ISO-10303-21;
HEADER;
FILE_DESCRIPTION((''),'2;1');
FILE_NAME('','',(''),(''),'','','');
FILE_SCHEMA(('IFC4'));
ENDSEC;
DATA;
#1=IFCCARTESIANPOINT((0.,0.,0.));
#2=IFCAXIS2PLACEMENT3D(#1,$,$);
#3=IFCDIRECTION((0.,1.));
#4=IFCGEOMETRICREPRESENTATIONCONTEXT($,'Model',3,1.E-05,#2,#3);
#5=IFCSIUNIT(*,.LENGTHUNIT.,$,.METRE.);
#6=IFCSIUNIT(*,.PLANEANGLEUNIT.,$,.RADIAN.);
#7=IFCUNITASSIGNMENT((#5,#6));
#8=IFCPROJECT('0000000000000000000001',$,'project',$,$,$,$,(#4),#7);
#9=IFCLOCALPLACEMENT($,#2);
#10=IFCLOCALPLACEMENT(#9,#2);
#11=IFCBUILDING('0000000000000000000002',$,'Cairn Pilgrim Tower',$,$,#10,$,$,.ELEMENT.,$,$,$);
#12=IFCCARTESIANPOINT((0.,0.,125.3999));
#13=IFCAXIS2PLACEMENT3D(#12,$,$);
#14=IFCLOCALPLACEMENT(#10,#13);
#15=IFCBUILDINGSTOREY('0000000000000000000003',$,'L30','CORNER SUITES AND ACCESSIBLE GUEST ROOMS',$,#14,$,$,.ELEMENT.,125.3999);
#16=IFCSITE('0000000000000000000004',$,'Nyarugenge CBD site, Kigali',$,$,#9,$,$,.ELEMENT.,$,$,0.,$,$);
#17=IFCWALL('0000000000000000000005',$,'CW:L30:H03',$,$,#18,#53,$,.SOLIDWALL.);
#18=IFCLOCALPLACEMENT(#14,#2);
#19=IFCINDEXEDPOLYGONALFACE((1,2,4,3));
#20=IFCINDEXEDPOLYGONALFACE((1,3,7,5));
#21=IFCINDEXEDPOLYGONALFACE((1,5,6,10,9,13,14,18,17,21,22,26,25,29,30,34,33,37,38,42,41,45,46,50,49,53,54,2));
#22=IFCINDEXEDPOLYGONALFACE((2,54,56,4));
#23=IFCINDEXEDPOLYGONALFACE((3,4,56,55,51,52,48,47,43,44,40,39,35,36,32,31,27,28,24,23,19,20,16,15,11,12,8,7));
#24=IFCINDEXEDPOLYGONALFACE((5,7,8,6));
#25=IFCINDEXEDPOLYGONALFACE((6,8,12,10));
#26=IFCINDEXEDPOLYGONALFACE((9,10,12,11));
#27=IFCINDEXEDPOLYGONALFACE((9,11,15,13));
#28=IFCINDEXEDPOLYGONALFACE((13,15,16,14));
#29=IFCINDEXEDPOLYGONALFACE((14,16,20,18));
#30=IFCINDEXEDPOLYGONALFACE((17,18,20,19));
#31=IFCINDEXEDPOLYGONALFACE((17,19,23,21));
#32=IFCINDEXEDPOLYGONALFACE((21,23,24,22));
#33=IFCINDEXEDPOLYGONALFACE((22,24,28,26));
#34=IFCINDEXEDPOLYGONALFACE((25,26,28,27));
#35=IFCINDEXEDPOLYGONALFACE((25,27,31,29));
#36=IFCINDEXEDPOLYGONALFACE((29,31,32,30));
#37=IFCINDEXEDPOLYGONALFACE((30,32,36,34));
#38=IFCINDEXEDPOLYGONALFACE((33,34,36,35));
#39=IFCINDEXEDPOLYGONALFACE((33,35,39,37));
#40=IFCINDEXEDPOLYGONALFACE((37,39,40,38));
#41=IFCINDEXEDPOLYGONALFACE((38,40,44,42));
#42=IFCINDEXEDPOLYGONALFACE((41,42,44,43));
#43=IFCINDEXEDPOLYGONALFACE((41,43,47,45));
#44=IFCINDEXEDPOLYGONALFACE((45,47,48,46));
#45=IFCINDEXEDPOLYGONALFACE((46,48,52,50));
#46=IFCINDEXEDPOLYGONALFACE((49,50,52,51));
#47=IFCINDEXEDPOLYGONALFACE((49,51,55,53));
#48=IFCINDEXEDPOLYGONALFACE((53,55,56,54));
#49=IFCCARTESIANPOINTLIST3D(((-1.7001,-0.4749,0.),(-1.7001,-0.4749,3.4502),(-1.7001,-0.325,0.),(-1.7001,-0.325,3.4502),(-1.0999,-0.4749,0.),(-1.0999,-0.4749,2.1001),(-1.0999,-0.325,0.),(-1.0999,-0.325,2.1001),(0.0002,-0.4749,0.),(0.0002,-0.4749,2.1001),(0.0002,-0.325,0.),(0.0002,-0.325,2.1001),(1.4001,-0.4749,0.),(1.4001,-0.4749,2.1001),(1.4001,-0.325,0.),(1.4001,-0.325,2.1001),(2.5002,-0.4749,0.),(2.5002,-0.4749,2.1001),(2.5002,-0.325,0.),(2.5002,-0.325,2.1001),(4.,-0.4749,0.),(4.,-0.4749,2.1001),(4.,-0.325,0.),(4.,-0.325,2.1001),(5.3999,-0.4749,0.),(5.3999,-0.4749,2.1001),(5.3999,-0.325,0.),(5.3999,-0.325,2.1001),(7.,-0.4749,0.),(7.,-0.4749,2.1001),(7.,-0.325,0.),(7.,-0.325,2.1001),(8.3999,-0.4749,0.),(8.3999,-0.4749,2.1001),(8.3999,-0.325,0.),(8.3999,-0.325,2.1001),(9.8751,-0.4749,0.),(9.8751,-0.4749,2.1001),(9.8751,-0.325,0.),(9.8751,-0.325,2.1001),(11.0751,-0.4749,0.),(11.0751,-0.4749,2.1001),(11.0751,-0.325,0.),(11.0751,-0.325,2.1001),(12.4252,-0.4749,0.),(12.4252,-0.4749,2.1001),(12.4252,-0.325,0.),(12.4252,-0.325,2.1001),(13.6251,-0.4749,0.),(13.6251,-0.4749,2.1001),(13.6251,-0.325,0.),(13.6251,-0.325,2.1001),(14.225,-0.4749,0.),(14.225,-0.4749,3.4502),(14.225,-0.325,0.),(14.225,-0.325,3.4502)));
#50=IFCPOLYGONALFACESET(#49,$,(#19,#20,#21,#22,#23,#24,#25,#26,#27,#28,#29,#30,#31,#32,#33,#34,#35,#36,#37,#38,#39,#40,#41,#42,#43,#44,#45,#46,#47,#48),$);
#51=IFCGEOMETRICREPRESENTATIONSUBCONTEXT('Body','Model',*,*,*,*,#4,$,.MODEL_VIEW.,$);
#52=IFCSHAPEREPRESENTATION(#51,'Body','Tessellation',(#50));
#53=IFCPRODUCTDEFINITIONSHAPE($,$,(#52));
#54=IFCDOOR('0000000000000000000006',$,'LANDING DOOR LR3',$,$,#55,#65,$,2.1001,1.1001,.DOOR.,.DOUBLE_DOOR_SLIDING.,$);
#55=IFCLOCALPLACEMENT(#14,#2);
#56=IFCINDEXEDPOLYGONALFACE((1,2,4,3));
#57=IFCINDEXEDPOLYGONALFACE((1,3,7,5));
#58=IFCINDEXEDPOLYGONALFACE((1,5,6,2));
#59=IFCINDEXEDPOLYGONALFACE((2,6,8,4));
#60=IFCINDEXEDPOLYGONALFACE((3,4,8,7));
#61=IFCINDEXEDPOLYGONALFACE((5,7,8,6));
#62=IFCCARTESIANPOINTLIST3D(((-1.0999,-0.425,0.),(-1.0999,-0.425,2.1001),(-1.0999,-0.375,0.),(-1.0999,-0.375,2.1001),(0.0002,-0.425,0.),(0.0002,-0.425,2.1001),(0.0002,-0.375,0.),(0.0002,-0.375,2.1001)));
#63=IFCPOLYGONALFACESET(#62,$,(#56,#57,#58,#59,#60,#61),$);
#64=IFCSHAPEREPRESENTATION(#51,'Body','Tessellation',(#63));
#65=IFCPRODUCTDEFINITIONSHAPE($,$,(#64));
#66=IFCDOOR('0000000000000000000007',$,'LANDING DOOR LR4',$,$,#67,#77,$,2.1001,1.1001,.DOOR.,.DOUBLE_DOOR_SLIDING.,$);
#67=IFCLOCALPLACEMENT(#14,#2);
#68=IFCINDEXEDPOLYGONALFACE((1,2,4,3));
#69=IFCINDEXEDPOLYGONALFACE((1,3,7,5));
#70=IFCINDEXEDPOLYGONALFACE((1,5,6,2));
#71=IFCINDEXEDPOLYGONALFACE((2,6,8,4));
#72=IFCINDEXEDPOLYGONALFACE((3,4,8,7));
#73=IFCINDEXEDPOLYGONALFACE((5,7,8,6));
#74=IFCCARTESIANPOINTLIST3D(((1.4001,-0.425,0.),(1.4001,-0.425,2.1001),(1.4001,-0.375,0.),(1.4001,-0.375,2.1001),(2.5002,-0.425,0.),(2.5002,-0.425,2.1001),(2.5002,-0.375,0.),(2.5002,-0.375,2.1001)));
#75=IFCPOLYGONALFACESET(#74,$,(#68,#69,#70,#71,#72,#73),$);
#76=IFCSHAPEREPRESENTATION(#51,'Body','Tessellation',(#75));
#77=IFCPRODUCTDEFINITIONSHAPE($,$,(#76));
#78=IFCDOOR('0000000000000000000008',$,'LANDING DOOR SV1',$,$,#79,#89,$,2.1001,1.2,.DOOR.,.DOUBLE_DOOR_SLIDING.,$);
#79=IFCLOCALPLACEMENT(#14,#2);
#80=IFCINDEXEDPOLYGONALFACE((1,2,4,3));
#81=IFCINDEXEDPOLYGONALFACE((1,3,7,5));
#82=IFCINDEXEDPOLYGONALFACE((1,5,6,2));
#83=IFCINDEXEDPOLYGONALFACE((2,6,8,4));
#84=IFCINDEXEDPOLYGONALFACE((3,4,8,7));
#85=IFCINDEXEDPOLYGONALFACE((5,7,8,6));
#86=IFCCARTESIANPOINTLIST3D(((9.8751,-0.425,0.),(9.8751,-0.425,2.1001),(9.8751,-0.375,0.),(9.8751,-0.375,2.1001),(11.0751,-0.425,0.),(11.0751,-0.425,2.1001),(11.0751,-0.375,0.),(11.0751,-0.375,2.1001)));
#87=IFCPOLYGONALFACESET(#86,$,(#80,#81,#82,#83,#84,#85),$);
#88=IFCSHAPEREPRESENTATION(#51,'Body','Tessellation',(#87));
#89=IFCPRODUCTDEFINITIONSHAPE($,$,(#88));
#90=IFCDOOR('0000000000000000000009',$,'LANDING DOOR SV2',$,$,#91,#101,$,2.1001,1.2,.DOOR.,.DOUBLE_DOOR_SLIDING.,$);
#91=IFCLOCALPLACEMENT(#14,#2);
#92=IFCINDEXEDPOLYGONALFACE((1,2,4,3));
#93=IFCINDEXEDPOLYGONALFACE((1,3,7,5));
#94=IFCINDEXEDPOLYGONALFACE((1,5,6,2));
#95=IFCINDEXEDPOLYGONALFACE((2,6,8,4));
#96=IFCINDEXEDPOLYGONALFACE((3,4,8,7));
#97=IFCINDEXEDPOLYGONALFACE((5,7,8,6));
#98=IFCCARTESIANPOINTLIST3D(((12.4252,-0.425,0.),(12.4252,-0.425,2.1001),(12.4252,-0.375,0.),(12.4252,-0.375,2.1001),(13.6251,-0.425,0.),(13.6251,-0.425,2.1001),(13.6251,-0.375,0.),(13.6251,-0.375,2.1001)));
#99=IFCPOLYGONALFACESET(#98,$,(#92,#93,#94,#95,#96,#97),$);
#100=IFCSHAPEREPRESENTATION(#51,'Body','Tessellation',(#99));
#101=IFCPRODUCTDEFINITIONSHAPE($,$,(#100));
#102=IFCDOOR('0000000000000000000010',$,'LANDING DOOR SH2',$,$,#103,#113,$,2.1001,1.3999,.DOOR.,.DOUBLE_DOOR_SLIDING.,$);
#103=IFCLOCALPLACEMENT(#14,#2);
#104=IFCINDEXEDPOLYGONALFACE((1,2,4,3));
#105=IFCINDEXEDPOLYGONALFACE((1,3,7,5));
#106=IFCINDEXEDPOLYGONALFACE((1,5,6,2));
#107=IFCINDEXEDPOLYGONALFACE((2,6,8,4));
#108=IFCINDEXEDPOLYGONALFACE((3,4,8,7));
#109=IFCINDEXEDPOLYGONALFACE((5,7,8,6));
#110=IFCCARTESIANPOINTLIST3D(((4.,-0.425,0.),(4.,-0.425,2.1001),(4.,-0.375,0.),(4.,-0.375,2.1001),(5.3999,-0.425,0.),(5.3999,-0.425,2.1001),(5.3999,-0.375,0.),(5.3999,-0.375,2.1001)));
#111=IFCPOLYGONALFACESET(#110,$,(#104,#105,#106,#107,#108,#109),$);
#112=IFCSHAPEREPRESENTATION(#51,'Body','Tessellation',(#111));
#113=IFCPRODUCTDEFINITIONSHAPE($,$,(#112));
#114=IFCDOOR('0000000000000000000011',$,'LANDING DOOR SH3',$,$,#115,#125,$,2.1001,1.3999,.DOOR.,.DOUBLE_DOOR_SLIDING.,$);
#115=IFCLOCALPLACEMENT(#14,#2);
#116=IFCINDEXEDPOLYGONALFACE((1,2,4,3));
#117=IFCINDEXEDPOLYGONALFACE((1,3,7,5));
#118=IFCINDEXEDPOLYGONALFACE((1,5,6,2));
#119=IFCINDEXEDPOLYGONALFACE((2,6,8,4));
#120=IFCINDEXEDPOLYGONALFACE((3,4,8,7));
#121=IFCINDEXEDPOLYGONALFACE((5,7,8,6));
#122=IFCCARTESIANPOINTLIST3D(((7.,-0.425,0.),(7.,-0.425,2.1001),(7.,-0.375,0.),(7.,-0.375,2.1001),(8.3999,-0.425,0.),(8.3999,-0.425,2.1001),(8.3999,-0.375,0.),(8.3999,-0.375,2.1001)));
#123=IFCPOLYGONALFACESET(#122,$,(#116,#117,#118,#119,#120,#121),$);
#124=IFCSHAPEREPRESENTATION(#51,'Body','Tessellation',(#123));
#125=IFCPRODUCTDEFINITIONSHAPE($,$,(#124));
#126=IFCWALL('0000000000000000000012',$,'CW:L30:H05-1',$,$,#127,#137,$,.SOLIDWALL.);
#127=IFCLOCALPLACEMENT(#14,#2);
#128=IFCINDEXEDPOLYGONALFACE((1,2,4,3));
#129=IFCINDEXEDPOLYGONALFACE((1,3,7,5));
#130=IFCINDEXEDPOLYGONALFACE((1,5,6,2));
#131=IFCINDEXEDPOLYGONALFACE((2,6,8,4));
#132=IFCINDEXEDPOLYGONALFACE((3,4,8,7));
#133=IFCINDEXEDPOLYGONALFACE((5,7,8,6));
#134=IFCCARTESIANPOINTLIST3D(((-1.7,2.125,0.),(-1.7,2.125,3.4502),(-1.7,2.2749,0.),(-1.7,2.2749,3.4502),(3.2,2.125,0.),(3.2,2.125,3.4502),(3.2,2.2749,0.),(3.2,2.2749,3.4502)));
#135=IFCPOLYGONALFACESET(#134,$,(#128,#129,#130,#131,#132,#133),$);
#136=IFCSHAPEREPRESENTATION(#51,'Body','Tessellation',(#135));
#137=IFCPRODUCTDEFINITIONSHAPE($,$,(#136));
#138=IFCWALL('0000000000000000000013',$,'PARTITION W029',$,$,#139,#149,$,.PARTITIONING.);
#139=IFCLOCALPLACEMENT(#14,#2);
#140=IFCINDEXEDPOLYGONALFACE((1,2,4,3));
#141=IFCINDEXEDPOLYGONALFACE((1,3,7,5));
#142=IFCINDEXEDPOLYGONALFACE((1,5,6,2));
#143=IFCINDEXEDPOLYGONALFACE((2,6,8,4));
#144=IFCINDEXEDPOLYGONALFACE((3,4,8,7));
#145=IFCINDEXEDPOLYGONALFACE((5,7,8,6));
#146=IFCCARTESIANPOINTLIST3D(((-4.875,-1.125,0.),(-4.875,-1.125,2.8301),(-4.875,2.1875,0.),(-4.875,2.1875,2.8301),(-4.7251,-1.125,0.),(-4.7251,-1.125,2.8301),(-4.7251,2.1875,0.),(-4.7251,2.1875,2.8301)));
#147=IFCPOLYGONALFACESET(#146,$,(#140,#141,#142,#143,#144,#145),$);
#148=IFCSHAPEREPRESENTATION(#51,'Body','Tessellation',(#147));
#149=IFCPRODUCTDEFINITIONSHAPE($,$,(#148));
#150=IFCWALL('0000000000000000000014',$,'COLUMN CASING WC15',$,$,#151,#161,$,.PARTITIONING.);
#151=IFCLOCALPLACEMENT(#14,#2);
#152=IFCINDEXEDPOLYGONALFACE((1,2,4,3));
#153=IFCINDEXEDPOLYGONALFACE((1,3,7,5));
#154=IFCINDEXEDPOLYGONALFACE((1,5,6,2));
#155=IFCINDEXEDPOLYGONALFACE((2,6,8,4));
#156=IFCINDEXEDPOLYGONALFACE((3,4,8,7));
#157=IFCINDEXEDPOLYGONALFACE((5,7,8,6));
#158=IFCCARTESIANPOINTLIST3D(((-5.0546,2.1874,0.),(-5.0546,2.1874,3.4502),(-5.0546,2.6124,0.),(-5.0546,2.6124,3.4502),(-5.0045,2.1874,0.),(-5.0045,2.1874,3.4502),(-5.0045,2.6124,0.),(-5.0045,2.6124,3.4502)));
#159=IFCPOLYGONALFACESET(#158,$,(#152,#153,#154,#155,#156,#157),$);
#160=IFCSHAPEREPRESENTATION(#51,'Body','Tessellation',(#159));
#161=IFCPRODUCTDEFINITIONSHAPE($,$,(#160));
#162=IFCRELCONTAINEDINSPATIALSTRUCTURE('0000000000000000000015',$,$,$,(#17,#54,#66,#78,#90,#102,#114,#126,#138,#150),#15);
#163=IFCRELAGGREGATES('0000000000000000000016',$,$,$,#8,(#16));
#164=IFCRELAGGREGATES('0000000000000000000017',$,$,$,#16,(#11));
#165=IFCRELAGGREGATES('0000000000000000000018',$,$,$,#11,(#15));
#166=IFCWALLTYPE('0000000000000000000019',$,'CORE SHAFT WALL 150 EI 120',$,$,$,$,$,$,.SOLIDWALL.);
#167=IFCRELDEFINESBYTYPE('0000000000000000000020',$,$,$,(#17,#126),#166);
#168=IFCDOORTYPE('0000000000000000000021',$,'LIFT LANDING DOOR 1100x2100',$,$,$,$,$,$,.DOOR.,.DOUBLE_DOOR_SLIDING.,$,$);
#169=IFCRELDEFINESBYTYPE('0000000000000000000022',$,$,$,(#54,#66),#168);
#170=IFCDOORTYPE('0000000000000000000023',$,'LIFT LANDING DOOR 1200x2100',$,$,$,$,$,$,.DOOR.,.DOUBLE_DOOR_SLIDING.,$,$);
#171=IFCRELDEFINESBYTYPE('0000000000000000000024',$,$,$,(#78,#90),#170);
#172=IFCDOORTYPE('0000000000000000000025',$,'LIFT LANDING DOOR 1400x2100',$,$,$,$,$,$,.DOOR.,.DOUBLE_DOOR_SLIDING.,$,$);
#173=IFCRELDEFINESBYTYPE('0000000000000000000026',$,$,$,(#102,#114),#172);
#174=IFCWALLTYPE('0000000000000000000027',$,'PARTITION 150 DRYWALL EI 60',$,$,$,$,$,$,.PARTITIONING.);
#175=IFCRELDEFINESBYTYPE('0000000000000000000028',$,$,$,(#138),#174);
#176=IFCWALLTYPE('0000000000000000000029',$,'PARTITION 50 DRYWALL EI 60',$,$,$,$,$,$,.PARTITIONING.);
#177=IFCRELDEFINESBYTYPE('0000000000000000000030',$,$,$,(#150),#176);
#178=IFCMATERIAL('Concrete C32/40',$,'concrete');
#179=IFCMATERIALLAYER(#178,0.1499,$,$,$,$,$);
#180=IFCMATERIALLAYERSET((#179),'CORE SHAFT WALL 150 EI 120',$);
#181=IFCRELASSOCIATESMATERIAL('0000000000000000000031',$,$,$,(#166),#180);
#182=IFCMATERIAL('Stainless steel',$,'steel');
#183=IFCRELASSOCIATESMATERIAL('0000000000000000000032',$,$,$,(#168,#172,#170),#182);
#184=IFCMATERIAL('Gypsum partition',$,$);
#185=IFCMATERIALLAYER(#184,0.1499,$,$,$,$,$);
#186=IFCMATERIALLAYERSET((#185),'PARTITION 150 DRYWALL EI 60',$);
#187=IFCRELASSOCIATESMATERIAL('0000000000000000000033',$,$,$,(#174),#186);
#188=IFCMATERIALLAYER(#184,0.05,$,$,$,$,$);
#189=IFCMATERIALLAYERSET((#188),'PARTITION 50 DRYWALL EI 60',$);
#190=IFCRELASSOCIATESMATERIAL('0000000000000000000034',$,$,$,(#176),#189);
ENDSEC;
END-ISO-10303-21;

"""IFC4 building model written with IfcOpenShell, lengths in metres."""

from ifc_helpers import new_model, si_unit, direction, frame, frame_2d, origin, place, context, subcontext, project, spatial, rectangle, extrude, material, layer, layer_set, type_object, element, fill, save


model = new_model("IFC4")

# Units and contexts
model_context = context("Model", 3, precision=1e-05, world=origin(), true_north=direction((0.0, 1.0)))
body_context = subcontext(model_context, "Body", "Model", "MODEL_VIEW")
ifc_project = project(units=[si_unit("LENGTHUNIT", "METRE"), si_unit("PLANEANGLEUNIT", "RADIAN")], contexts=[model_context])

# Site, building, storey
site_placement = place(None, origin())
site = spatial("IfcSite", under=ifc_project, at=site_placement, Name="Nyarugenge CBD site, Kigali", CompositionType="ELEMENT", RefElevation=0.0)
building_placement = place(site_placement, origin())
building = spatial("IfcBuilding", under=site, at=building_placement, Name="Cairn Pilgrim Tower", CompositionType="ELEMENT")
storey_placement = place(building_placement, frame((0.0, 0.0, 125.3999)))
storey = spatial("IfcBuildingStorey", under=building, at=storey_placement, Name="L30", Description="CORNER SUITES AND ACCESSIBLE GUEST ROOMS", CompositionType="ELEMENT", Elevation=125.3999)

# Shared definitions
ifc_material_1 = material(Name="Concrete C32/40", Category="concrete")

# Wall, openings, doors
ifc_layer_1 = layer(ifc_material_1, 0.1499)
ifc_layer_set_1 = layer_set([ifc_layer_1], Name="CORE SHAFT WALL 150 EI 120")
wall_type_1 = type_object("IfcWallType", Name="CORE SHAFT WALL 150 EI 120", PredefinedType="SOLIDWALL", material=ifc_layer_set_1)
ifc_material_2 = material(Name="Stainless steel", Category="steel")
door_type_1 = type_object("IfcDoorType", Name="LIFT LANDING DOOR 1100x2100", OperationType="DOUBLE_DOOR_SLIDING", PredefinedType="DOOR", material=ifc_material_2)
door_type_2 = type_object("IfcDoorType", Name="LIFT LANDING DOOR 1400x2100", OperationType="DOUBLE_DOOR_SLIDING", PredefinedType="DOOR", material=ifc_material_2)
wall_1_placement = place(storey_placement, frame((-1.7, -0.3999, 0.0), z_axis=(0.0, 0.0, 1.0), x_axis=(1.0, 0.0, 0.0)))
wall_1 = element("IfcWall", 1, at=wall_1_placement, inside=storey, type_object=wall_type_1, Name="CW:L30:H03", PredefinedType="SOLIDWALL", context=body_context, shape_type="SweptSolid", body=[
    extrude(rectangle(XDim=15.925, YDim=0.1499, at=frame_2d((7.9624, 0.0))), origin(), (0.0, 0.0, 1.0), 3.4502),
])
opening_1_placement = place(wall_1_placement, frame((0.6001, 0.0, 0.0)))
opening_1 = element("IfcOpeningElement", 2, at=opening_1_placement, cuts=wall_1, PredefinedType="OPENING", context=body_context, shape_type="SweptSolid", body=[
    extrude(rectangle(XDim=1.1001, YDim=2.1001, at=frame_2d((0.55, 1.05))), frame((0.0, 0.085, 0.0), z_axis=(0.0, -1.0, 0.0), x_axis=(1.0, 0.0, 0.0)), (0.0, 0.0, 1.0), 0.1699),
])
opening_2_placement = place(wall_1_placement, frame((3.1001, 0.0, 0.0)))
opening_2 = element("IfcOpeningElement", 3, at=opening_2_placement, cuts=wall_1, PredefinedType="OPENING", context=body_context, shape_type="SweptSolid", body=[
    extrude(rectangle(XDim=1.1001, YDim=2.1001, at=frame_2d((0.55, 1.05))), frame((0.0, 0.085, 0.0), z_axis=(0.0, -1.0, 0.0), x_axis=(1.0, 0.0, 0.0)), (0.0, 0.0, 1.0), 0.1699),
])
opening_3_placement = place(wall_1_placement, frame((5.7, 0.0, 0.0)))
opening_3 = element("IfcOpeningElement", 4, at=opening_3_placement, cuts=wall_1, PredefinedType="OPENING", context=body_context, shape_type="SweptSolid", body=[
    extrude(rectangle(XDim=1.3999, YDim=2.1001, at=frame_2d((0.7, 1.05))), frame((0.0, 0.085, 0.0), z_axis=(0.0, -1.0, 0.0), x_axis=(1.0, 0.0, 0.0)), (0.0, 0.0, 1.0), 0.1699),
])
opening_4_placement = place(wall_1_placement, frame((8.7, 0.0, 0.0)))
opening_4 = element("IfcOpeningElement", 5, at=opening_4_placement, cuts=wall_1, PredefinedType="OPENING", context=body_context, shape_type="SweptSolid", body=[
    extrude(rectangle(XDim=1.3999, YDim=2.1001, at=frame_2d((0.7, 1.05))), frame((0.0, 0.085, 0.0), z_axis=(0.0, -1.0, 0.0), x_axis=(1.0, 0.0, 0.0)), (0.0, 0.0, 1.0), 0.1699),
])
opening_5_placement = place(wall_1_placement, frame((11.575, 0.0, 0.0)))
opening_5 = element("IfcOpeningElement", 6, at=opening_5_placement, cuts=wall_1, PredefinedType="OPENING", context=body_context, shape_type="SweptSolid", body=[
    extrude(rectangle(XDim=1.2, YDim=2.1001, at=frame_2d((0.6001, 1.05))), frame((0.0, 0.085, 0.0), z_axis=(0.0, -1.0, 0.0), x_axis=(1.0, 0.0, 0.0)), (0.0, 0.0, 1.0), 0.1699),
])
opening_6_placement = place(wall_1_placement, frame((14.125, 0.0, 0.0)))
opening_6 = element("IfcOpeningElement", 7, at=opening_6_placement, cuts=wall_1, PredefinedType="OPENING", context=body_context, shape_type="SweptSolid", body=[
    extrude(rectangle(XDim=1.2, YDim=2.1001, at=frame_2d((0.6001, 1.05))), frame((0.0, 0.085, 0.0), z_axis=(0.0, -1.0, 0.0), x_axis=(1.0, 0.0, 0.0)), (0.0, 0.0, 1.0), 0.1699),
])
door_1_placement = place(opening_1_placement, origin())
door_1 = element("IfcDoor", 8, at=door_1_placement, inside=storey, type_object=door_type_1, Name="LANDING DOOR LR3", OperationType="DOUBLE_DOOR_SLIDING", OverallHeight=2.1001, OverallWidth=1.1001, PredefinedType="DOOR", context=body_context, shape_type="SweptSolid", body=[
    extrude(rectangle(XDim=1.1001, YDim=2.1001, at=frame_2d((0.55, 1.05))), frame((0.0, 0.0249, 0.0), z_axis=(0.0, -1.0, 0.0), x_axis=(1.0, 0.0, 0.0)), (0.0, 0.0, 1.0), 0.05),
])
fill(opening_1, door_1)
door_2_placement = place(opening_2_placement, origin())
door_2 = element("IfcDoor", 9, at=door_2_placement, inside=storey, type_object=door_type_1, Name="LANDING DOOR LR4", OperationType="DOUBLE_DOOR_SLIDING", OverallHeight=2.1001, OverallWidth=1.1001, PredefinedType="DOOR", context=body_context, shape_type="SweptSolid", body=[
    extrude(rectangle(XDim=1.1001, YDim=2.1001, at=frame_2d((0.55, 1.05))), frame((0.0, 0.0249, 0.0), z_axis=(0.0, -1.0, 0.0), x_axis=(1.0, 0.0, 0.0)), (0.0, 0.0, 1.0), 0.05),
])
fill(opening_2, door_2)
door_type_3 = type_object("IfcDoorType", Name="LIFT LANDING DOOR 1200x2100", OperationType="DOUBLE_DOOR_SLIDING", PredefinedType="DOOR", material=ifc_material_2)
door_3_placement = place(opening_5_placement, origin())
door_3 = element("IfcDoor", 10, at=door_3_placement, inside=storey, type_object=door_type_3, Name="LANDING DOOR SV1", OperationType="DOUBLE_DOOR_SLIDING", OverallHeight=2.1001, OverallWidth=1.2, PredefinedType="DOOR", context=body_context, shape_type="SweptSolid", body=[
    extrude(rectangle(XDim=1.2, YDim=2.1001, at=frame_2d((0.6001, 1.05))), frame((0.0, 0.0249, 0.0), z_axis=(0.0, -1.0, 0.0), x_axis=(1.0, 0.0, 0.0)), (0.0, 0.0, 1.0), 0.05),
])
fill(opening_5, door_3)
door_4_placement = place(opening_6_placement, origin())
door_4 = element("IfcDoor", 11, at=door_4_placement, inside=storey, type_object=door_type_3, Name="LANDING DOOR SV2", OperationType="DOUBLE_DOOR_SLIDING", OverallHeight=2.1001, OverallWidth=1.2, PredefinedType="DOOR", context=body_context, shape_type="SweptSolid", body=[
    extrude(rectangle(XDim=1.2, YDim=2.1001, at=frame_2d((0.6001, 1.05))), frame((0.0, 0.0249, 0.0), z_axis=(0.0, -1.0, 0.0), x_axis=(1.0, 0.0, 0.0)), (0.0, 0.0, 1.0), 0.05),
])
fill(opening_6, door_4)
door_5_placement = place(opening_3_placement, origin())
door_5 = element("IfcDoor", 12, at=door_5_placement, inside=storey, type_object=door_type_2, Name="LANDING DOOR SH2", OperationType="DOUBLE_DOOR_SLIDING", OverallHeight=2.1001, OverallWidth=1.3999, PredefinedType="DOOR", context=body_context, shape_type="SweptSolid", body=[
    extrude(rectangle(XDim=1.3999, YDim=2.1001, at=frame_2d((0.7, 1.05))), frame((0.0, 0.0249, 0.0), z_axis=(0.0, -1.0, 0.0), x_axis=(1.0, 0.0, 0.0)), (0.0, 0.0, 1.0), 0.05),
])
fill(opening_3, door_5)
door_6_placement = place(opening_4_placement, origin())
door_6 = element("IfcDoor", 13, at=door_6_placement, inside=storey, type_object=door_type_2, Name="LANDING DOOR SH3", OperationType="DOUBLE_DOOR_SLIDING", OverallHeight=2.1001, OverallWidth=1.3999, PredefinedType="DOOR", context=body_context, shape_type="SweptSolid", body=[
    extrude(rectangle(XDim=1.3999, YDim=2.1001, at=frame_2d((0.7, 1.05))), frame((0.0, 0.0249, 0.0), z_axis=(0.0, -1.0, 0.0), x_axis=(1.0, 0.0, 0.0)), (0.0, 0.0, 1.0), 0.05),
])
fill(opening_4, door_6)

# Walls
wall_2_placement = place(storey_placement, frame((-1.7, 2.2, 0.0), z_axis=(0.0, 0.0, 1.0), x_axis=(1.0, 0.0, 0.0)))
element("IfcWall", 14, at=wall_2_placement, inside=storey, type_object=wall_type_1, Name="CW:L30:H05-1", PredefinedType="SOLIDWALL", context=body_context, shape_type="SweptSolid", body=[
    extrude(rectangle(XDim=4.8999, YDim=0.1499, at=frame_2d((2.45, 0.0))), origin(), (0.0, 0.0, 1.0), 3.4502),
])
ifc_material_3 = material(Name="Gypsum partition")
ifc_layer_2 = layer(ifc_material_3, 0.1499)
ifc_layer_set_2 = layer_set([ifc_layer_2], Name="PARTITION 150 DRYWALL EI 60")
wall_type_2 = type_object("IfcWallType", Name="PARTITION 150 DRYWALL EI 60", PredefinedType="PARTITIONING", material=ifc_layer_set_2)
wall_3_placement = place(storey_placement, frame((-4.8, -1.125, 0.0), z_axis=(0.0, 0.0, 1.0), x_axis=(0.0, 1.0, 0.0)))
element("IfcWall", 15, at=wall_3_placement, inside=storey, type_object=wall_type_2, Name="PARTITION W029", PredefinedType="PARTITIONING", context=body_context, shape_type="SweptSolid", body=[
    extrude(rectangle(XDim=3.3125, YDim=0.1499, at=frame_2d((1.6562, 0.0))), origin(), (0.0, 0.0, 1.0), 2.8301),
])
ifc_layer_3 = layer(ifc_material_3, 0.05)
ifc_layer_set_3 = layer_set([ifc_layer_3], Name="PARTITION 50 DRYWALL EI 60")
wall_type_3 = type_object("IfcWallType", Name="PARTITION 50 DRYWALL EI 60", PredefinedType="PARTITIONING", material=ifc_layer_set_3)
wall_4_placement = place(storey_placement, frame((-5.0295, 2.1875, 0.0), z_axis=(0.0, 0.0, 1.0), x_axis=(0.0, 1.0, 0.0)))
element("IfcWall", 16, at=wall_4_placement, inside=storey, type_object=wall_type_3, Name="COLUMN CASING WC15", PredefinedType="PARTITIONING", context=body_context, shape_type="SweptSolid", body=[
    extrude(rectangle(XDim=0.425, YDim=0.05, at=frame_2d((0.2124, 0.0))), origin(), (0.0, 0.0, 1.0), 3.4502),
])

save(model, "model.ifc")
